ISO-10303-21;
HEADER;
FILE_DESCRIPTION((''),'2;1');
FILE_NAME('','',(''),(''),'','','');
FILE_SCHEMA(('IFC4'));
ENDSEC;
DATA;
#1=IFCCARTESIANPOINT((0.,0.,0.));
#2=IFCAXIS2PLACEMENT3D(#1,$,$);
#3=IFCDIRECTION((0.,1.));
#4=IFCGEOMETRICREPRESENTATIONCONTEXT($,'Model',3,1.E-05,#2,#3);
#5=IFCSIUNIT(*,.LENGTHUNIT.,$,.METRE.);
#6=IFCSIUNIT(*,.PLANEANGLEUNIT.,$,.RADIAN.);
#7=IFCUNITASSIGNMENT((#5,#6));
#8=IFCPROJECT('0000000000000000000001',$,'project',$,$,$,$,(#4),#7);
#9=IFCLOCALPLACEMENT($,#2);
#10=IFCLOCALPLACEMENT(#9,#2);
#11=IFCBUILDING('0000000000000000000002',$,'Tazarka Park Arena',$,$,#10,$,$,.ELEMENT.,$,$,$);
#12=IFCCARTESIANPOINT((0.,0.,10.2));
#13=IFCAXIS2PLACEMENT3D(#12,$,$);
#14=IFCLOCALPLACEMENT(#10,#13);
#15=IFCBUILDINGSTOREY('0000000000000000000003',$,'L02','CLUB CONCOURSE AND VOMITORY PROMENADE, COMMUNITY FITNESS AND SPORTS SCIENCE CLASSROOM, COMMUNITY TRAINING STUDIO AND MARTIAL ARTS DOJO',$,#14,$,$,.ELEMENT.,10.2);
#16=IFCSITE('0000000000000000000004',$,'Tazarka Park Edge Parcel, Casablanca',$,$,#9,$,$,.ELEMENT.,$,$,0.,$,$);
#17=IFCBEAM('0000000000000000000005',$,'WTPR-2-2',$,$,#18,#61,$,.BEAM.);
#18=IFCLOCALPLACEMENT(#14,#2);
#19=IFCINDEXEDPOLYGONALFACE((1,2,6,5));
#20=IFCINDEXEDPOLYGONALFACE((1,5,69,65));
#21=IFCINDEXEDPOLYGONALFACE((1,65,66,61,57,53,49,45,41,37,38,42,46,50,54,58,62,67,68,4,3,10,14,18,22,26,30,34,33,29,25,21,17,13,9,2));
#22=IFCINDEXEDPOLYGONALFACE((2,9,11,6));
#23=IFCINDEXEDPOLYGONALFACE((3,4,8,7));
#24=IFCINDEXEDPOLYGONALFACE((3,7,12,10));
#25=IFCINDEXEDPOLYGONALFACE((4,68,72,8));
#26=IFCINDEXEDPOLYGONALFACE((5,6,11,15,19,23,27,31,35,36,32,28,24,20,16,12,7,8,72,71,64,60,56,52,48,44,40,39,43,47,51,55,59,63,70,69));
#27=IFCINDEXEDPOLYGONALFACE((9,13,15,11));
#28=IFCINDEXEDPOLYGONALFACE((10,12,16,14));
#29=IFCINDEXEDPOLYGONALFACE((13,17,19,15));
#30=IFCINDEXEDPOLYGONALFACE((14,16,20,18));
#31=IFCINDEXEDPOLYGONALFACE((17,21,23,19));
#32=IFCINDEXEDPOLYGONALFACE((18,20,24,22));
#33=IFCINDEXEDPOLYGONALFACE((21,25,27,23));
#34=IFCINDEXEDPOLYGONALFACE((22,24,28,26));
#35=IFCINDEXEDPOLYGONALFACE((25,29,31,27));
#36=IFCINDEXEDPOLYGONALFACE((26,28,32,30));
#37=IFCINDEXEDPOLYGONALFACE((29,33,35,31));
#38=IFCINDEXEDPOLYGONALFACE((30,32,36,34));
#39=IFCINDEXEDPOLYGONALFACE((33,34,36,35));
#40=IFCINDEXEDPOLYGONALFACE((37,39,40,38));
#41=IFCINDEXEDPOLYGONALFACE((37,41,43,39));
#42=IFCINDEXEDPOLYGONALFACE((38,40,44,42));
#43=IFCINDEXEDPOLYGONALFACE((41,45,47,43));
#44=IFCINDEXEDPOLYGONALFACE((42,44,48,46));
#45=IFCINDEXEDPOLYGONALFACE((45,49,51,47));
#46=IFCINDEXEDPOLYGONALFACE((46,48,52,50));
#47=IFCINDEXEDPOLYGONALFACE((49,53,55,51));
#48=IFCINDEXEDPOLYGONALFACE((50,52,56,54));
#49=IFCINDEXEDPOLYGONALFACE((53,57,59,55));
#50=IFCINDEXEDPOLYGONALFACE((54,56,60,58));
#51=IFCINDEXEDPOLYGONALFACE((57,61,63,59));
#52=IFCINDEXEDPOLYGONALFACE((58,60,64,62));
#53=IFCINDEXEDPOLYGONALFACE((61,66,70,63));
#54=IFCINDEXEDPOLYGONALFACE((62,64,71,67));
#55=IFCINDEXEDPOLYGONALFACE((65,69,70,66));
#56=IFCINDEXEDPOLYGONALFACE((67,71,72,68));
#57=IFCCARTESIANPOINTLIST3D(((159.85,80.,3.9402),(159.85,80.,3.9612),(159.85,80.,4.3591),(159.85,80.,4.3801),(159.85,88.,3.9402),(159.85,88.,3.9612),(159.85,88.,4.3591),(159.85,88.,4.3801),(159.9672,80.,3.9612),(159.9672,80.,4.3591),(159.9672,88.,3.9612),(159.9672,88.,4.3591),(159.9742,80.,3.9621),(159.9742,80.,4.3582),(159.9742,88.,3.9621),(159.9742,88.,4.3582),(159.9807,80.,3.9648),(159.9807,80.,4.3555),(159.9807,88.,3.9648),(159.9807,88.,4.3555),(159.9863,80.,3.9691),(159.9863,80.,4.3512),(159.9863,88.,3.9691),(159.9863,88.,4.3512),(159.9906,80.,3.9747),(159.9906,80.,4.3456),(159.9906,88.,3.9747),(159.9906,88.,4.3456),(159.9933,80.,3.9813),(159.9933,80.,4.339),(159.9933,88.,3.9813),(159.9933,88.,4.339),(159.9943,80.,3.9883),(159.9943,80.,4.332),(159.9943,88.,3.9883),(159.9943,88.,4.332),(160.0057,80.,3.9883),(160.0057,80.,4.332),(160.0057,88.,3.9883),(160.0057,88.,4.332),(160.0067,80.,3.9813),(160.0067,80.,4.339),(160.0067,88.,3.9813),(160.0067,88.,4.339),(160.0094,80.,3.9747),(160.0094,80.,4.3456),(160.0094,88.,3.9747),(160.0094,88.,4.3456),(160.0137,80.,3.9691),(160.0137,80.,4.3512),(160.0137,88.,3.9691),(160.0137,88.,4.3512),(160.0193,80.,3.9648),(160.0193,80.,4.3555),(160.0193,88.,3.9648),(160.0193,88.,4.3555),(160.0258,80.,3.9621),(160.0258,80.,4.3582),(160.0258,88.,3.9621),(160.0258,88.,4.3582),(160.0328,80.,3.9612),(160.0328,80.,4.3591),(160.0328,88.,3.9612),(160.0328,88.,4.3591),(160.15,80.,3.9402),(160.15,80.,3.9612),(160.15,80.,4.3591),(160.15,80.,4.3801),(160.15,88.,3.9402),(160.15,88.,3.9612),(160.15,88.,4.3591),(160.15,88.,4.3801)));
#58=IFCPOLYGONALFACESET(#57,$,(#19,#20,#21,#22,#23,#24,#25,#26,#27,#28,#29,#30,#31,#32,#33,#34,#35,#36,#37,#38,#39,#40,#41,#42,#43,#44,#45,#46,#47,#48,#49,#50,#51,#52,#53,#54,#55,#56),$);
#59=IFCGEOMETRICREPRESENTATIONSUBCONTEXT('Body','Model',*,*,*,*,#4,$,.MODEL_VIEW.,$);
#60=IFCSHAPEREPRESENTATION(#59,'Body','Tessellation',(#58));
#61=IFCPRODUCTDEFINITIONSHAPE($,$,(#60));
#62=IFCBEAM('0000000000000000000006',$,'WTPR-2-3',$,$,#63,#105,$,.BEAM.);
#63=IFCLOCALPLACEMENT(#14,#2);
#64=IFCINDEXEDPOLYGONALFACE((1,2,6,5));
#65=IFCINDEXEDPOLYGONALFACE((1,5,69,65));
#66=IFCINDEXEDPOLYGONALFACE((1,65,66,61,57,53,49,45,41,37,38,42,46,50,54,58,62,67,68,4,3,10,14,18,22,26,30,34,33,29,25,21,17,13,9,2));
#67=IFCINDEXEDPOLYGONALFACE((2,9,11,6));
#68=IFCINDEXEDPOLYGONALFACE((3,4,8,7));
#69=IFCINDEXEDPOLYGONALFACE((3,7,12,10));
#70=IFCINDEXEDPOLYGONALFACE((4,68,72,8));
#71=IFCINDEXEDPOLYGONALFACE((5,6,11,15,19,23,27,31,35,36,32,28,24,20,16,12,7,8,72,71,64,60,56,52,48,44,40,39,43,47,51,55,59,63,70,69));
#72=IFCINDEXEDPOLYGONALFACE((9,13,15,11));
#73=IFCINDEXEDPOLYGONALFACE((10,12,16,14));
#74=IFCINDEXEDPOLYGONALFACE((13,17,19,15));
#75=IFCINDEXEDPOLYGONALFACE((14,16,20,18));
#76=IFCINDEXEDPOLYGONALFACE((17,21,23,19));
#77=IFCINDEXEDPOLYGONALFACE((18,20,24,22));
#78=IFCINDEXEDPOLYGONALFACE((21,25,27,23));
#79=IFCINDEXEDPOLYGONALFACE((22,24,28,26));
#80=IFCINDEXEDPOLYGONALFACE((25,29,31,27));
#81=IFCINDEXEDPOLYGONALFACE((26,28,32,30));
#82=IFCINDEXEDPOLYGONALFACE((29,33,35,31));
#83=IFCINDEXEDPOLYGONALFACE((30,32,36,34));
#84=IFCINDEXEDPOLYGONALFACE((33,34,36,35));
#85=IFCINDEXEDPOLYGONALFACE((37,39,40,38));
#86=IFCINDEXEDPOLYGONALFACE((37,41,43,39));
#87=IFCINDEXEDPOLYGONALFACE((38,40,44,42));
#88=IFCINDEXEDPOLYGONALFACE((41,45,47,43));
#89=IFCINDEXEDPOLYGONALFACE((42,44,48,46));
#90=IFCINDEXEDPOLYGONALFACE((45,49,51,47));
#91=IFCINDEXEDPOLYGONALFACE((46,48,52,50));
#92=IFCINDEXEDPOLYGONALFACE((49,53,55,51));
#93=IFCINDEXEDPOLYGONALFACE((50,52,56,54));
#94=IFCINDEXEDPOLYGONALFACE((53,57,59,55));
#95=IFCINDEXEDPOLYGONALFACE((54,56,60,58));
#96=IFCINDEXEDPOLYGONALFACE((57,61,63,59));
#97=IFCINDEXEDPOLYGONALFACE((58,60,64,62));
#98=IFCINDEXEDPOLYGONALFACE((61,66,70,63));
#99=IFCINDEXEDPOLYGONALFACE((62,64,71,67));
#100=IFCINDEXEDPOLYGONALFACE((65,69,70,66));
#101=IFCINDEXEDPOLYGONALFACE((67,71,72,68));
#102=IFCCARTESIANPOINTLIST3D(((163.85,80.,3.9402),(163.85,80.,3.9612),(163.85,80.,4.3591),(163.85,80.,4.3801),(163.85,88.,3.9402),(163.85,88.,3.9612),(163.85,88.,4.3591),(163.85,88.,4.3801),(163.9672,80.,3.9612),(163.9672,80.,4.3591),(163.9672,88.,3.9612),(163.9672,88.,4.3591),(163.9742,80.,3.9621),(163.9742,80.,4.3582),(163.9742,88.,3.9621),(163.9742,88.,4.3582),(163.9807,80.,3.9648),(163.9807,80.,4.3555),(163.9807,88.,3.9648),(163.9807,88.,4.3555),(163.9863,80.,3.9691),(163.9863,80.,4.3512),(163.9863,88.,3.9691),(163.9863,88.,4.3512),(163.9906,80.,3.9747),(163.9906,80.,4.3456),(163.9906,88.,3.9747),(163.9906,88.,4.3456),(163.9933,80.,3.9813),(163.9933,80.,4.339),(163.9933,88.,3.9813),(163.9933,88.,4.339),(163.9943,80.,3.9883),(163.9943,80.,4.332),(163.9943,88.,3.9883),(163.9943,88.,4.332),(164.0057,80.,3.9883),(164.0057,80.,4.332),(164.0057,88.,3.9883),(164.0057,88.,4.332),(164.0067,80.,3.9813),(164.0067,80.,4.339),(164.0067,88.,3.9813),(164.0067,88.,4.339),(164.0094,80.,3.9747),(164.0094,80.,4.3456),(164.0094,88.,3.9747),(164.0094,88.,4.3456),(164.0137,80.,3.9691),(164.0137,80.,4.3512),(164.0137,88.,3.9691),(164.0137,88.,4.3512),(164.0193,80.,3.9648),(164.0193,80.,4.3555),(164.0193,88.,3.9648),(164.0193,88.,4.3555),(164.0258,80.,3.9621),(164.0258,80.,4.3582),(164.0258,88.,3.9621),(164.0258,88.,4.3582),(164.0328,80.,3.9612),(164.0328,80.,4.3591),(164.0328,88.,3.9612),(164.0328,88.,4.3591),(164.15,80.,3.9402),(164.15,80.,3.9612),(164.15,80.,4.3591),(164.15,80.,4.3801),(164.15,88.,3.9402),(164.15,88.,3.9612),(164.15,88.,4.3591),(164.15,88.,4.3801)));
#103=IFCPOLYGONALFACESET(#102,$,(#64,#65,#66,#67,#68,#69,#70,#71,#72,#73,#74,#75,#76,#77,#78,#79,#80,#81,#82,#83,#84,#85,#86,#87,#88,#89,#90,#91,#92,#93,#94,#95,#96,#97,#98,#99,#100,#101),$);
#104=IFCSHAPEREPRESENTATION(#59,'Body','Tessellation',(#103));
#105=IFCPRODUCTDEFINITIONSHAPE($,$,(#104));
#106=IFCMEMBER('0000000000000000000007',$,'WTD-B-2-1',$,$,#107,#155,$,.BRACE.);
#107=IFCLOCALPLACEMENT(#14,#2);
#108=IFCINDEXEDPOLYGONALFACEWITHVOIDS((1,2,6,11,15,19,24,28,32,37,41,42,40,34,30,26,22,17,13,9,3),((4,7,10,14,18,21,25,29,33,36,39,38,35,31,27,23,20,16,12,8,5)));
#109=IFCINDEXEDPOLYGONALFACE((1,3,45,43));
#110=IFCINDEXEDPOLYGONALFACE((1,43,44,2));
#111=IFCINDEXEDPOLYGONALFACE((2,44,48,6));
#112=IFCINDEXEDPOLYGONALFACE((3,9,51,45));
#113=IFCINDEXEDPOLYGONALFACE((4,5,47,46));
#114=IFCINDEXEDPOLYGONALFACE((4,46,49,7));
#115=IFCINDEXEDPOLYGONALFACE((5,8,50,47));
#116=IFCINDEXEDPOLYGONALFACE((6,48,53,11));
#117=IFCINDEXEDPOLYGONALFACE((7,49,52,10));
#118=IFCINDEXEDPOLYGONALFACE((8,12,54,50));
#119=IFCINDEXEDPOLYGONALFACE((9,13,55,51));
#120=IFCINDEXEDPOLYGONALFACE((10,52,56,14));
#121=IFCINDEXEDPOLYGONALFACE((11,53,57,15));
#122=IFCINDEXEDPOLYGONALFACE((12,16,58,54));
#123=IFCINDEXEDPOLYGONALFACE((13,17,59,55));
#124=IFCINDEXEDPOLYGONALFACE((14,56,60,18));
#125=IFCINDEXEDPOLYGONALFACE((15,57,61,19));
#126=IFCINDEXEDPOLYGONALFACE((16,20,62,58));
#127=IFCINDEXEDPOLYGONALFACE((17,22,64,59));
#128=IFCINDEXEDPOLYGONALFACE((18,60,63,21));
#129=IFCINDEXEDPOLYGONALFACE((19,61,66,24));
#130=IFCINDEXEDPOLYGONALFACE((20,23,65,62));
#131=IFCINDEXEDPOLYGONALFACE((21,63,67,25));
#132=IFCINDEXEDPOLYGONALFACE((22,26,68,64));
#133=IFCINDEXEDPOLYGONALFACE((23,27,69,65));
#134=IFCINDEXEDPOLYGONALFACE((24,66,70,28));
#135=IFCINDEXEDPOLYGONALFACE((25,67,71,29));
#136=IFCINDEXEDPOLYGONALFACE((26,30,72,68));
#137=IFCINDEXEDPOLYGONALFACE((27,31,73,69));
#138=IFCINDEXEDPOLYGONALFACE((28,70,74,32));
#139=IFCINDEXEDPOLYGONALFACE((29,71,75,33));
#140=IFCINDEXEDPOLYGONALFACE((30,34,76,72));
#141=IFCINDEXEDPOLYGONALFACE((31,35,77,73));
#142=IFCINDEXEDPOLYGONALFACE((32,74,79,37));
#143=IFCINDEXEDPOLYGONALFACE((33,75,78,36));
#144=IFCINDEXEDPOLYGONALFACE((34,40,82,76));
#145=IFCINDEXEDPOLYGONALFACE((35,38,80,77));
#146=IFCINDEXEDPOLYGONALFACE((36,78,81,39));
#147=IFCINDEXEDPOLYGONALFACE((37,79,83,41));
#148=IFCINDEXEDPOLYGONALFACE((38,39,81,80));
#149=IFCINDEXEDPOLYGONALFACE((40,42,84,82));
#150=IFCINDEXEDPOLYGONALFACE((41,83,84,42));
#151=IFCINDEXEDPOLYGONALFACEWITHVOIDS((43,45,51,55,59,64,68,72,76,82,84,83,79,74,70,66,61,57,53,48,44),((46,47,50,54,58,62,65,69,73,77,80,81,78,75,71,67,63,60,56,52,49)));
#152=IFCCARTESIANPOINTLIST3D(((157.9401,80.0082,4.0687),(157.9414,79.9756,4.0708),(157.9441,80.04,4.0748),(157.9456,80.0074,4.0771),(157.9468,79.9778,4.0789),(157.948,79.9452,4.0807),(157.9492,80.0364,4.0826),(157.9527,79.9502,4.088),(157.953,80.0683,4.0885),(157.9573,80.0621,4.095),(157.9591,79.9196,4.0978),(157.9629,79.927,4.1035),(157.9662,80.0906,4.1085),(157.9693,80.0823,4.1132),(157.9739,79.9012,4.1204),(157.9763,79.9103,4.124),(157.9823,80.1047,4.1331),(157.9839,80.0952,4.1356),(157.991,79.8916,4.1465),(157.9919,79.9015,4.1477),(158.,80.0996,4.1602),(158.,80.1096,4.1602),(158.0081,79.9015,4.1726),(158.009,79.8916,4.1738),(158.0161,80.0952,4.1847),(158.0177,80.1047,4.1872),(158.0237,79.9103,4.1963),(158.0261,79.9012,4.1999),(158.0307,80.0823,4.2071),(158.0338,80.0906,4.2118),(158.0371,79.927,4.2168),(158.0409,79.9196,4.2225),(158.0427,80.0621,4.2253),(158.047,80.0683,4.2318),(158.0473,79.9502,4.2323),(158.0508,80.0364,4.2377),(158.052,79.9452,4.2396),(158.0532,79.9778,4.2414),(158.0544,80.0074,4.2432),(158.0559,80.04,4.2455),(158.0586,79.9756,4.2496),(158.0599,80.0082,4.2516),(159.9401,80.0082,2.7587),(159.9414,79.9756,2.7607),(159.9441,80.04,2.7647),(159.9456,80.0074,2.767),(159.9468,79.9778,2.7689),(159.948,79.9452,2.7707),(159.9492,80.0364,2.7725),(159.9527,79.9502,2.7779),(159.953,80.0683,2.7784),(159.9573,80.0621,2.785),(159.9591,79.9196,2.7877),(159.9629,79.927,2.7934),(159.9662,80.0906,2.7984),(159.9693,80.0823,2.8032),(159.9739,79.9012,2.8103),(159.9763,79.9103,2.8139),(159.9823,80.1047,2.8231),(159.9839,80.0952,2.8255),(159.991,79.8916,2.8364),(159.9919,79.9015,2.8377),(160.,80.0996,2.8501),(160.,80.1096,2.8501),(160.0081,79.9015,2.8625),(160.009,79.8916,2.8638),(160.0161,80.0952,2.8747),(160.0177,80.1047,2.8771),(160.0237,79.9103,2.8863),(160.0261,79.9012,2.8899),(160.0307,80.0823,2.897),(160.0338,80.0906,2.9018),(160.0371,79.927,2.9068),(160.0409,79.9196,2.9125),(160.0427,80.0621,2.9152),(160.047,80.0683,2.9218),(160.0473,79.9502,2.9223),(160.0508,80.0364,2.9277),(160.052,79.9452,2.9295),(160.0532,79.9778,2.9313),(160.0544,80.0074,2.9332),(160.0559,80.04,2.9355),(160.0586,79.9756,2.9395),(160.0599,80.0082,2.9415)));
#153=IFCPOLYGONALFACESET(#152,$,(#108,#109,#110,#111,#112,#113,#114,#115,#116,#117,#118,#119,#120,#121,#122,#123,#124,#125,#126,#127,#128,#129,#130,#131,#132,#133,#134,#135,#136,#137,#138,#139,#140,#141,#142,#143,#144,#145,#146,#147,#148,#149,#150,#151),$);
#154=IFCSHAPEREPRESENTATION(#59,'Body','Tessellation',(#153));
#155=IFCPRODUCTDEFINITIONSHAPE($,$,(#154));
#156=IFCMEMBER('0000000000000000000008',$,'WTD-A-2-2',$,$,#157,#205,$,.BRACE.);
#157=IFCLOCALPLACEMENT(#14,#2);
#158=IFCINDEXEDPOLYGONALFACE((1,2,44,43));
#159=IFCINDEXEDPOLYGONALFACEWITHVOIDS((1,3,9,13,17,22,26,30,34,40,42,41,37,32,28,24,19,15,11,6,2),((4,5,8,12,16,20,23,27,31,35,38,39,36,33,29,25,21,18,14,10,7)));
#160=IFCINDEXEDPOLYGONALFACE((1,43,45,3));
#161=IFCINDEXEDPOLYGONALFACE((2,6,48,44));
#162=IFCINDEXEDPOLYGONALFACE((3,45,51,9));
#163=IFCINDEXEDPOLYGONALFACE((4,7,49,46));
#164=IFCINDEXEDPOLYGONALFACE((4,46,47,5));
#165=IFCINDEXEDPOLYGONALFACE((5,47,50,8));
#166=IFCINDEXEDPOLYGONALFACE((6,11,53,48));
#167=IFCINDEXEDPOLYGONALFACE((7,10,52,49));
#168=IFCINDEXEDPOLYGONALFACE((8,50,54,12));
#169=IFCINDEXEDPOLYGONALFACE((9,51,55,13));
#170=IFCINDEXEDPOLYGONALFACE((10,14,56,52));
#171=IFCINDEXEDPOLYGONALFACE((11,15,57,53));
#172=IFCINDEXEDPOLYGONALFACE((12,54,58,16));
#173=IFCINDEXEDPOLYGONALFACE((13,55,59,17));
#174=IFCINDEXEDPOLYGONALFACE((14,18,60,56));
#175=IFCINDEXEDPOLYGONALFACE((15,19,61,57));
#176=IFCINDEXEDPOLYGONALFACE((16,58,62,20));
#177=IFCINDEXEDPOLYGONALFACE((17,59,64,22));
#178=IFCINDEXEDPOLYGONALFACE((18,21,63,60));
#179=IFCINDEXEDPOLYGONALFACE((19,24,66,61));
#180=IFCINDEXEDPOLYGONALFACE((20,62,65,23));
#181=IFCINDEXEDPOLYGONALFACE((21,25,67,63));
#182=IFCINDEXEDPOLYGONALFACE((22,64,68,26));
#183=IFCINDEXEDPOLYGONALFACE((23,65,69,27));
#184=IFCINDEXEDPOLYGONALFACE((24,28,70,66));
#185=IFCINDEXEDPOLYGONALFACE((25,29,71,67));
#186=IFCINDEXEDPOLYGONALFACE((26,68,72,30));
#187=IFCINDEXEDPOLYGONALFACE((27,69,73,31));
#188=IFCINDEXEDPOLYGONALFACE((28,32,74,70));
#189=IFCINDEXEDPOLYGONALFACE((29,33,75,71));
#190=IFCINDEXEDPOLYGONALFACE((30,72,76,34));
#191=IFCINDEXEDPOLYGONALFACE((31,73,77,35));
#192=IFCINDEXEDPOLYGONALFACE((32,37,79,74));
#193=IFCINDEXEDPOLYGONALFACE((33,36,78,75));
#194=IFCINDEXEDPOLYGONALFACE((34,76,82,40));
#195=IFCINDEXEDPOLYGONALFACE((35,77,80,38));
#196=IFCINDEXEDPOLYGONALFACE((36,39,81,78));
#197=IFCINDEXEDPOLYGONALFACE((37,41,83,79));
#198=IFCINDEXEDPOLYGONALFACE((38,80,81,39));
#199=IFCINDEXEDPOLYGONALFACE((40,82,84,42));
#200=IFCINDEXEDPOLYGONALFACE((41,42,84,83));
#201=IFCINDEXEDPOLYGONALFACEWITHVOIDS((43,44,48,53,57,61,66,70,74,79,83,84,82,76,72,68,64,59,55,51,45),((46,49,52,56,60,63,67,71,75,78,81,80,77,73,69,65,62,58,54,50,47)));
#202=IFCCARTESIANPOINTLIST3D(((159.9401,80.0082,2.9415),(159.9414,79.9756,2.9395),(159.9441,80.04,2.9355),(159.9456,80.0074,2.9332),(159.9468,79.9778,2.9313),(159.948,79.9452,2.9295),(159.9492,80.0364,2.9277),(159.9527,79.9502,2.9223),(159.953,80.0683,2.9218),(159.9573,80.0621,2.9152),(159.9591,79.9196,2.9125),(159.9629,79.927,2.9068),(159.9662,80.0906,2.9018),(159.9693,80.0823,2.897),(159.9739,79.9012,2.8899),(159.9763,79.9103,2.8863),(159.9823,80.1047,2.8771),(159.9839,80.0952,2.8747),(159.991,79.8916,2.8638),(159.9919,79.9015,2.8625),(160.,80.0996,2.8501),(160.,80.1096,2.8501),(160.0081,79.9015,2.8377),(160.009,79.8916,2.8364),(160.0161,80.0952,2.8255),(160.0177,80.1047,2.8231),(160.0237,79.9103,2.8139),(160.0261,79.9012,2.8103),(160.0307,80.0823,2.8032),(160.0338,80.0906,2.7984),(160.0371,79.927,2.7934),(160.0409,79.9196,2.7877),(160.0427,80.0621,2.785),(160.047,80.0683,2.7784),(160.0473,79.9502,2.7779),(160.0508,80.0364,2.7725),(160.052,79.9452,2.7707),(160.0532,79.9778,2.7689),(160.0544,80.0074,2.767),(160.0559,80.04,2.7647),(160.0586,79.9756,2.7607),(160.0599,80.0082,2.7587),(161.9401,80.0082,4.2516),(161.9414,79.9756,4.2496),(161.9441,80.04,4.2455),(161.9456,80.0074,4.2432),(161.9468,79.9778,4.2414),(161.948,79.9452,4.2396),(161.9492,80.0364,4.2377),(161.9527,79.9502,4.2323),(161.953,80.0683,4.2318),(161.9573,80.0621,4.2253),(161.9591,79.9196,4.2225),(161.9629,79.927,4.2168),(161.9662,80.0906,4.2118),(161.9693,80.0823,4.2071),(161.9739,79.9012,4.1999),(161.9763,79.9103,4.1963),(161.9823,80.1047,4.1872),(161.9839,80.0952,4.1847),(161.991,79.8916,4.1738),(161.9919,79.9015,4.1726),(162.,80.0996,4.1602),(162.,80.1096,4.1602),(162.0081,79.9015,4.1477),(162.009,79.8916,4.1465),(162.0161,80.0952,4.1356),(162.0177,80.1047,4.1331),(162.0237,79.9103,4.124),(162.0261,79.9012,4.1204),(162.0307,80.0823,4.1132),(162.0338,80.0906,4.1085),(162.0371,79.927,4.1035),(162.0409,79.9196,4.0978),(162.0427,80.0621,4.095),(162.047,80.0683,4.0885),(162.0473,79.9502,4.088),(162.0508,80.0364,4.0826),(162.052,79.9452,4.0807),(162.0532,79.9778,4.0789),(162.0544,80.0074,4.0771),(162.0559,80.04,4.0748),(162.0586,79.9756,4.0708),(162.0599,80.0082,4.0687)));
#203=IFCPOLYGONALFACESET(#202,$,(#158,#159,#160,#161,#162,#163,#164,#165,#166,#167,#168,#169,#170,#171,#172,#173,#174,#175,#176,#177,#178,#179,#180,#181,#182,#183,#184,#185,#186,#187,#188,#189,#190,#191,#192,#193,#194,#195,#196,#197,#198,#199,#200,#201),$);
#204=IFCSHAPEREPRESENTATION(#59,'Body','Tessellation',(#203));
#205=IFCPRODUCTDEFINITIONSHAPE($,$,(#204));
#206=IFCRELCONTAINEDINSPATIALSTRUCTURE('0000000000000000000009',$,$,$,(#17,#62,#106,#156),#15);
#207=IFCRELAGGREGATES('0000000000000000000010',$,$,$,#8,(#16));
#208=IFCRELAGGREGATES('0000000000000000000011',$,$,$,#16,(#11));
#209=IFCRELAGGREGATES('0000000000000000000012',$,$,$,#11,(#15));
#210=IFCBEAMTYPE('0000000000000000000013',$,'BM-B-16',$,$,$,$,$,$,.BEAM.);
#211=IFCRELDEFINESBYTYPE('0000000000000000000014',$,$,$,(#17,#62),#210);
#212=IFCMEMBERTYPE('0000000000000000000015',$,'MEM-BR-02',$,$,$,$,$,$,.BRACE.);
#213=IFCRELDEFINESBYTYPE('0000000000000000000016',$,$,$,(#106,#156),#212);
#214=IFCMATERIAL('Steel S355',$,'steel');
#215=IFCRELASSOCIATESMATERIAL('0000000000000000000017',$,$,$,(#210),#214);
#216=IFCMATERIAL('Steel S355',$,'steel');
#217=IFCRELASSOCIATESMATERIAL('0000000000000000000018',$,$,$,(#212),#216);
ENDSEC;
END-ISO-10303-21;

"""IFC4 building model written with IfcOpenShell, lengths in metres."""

from ifc_helpers import new_model, si_unit, direction, frame, origin, origin_2d, place, context, subcontext, project, spatial, hollow_circle, i_section, extrude, material, material_profile, profile_set, type_object, element, save


model = new_model("IFC4")

# Units and contexts
model_context = context("Model", 3, precision=1e-05, world=origin(), true_north=direction((0.0, 1.0)))
body_context = subcontext(model_context, "Body", "Model", "MODEL_VIEW")
ifc_project = project(units=[si_unit("LENGTHUNIT", "METRE"), si_unit("PLANEANGLEUNIT", "RADIAN")], contexts=[model_context])

# Site, building, storey
site_placement = place(None, origin())
site = spatial("IfcSite", under=ifc_project, at=site_placement, Name="Tazarka Park Edge Parcel, Casablanca", CompositionType="ELEMENT", RefElevation=0.0)
building_placement = place(site_placement, origin())
building = spatial("IfcBuilding", under=site, at=building_placement, Name="Tazarka Park Arena", CompositionType="ELEMENT")
storey_placement = place(building_placement, frame((0.0, 0.0, 10.2)))
storey = spatial("IfcBuildingStorey", under=building, at=storey_placement, Name="L02", Description="CLUB CONCOURSE AND VOMITORY PROMENADE, COMMUNITY FITNESS AND SPORTS SCIENCE CLASSROOM, COMMUNITY TRAINING STUDIO AND MARTIAL ARTS DOJO", CompositionType="ELEMENT", Elevation=10.2)

# Beams
ifc_material_1 = material(Name="Steel S355", Category="steel")
ifc_material_profile_1 = material_profile(ifc_material_1, i_section(OverallWidth=0.3, OverallDepth=0.4399, WebThickness=0.0115, FlangeThickness=0.021, FilletRadius=0.0271, at=origin_2d()), Name="Steel S355")
ifc_profile_set_1 = profile_set([ifc_material_profile_1], Name="Steel S355")
beam_type = type_object("IfcBeamType", Name="BM-B-16", PredefinedType="BEAM", material=ifc_profile_set_1)
for number, where, z_axis, x_axis, name in (
    (1, (160.0, 80.0, 4.1602), (0.0, 1.0, 0.0), (-1.0, 0.0, 0.0), "WTPR-2-2"),
    (2, (164.0, 80.0, 4.1602), (0.0, 1.0, 0.0), (-1.0, 0.0, 0.0), "WTPR-2-3"),
):
    element("IfcBeam", number, at=place(storey_placement, frame(where, z_axis=z_axis, x_axis=x_axis)), inside=storey, type_object=beam_type, Name=name, PredefinedType="BEAM", context=body_context, shape_type="SweptSolid", body=[
        extrude(i_section(OverallWidth=0.3, OverallDepth=0.4399, WebThickness=0.0115, FlangeThickness=0.021, FilletRadius=0.0271, at=origin_2d()), origin(), (0.0, 0.0, 1.0), 8.0),
    ])

# Members
ifc_material_2 = material(Name="Steel S355", Category="steel")
ifc_material_profile_2 = material_profile(ifc_material_2, hollow_circle(Radius=0.1096, WallThickness=0.01, at=origin_2d()), Name="Steel S355")
ifc_profile_set_2 = profile_set([ifc_material_profile_2], Name="Steel S355")
member_type_1 = type_object("IfcMemberType", Name="MEM-BR-02", PredefinedType="BRACE", material=ifc_profile_set_2)
for number, where, z_axis, x_axis, name in (
    (3, (158.0, 80.0, 4.1602), (0.836516, 0.0, -0.547942), (0.0, 1.0, 0.0), "WTD-B-2-1"),
    (4, (160.0, 80.0, 2.8501), (0.836516, 0.0, 0.547942), (0.0, 1.0, 0.0), "WTD-A-2-2"),
):
    element("IfcMember", number, at=place(storey_placement, frame(where, z_axis=z_axis, x_axis=x_axis)), inside=storey, type_object=member_type_1, Name=name, PredefinedType="BRACE", context=body_context, shape_type="SweptSolid", body=[
        extrude(hollow_circle(Radius=0.1096, WallThickness=0.01, at=origin_2d()), origin(), (0.0, 0.0, 1.0), 2.3909),
    ])

save(model, "model.ifc")
